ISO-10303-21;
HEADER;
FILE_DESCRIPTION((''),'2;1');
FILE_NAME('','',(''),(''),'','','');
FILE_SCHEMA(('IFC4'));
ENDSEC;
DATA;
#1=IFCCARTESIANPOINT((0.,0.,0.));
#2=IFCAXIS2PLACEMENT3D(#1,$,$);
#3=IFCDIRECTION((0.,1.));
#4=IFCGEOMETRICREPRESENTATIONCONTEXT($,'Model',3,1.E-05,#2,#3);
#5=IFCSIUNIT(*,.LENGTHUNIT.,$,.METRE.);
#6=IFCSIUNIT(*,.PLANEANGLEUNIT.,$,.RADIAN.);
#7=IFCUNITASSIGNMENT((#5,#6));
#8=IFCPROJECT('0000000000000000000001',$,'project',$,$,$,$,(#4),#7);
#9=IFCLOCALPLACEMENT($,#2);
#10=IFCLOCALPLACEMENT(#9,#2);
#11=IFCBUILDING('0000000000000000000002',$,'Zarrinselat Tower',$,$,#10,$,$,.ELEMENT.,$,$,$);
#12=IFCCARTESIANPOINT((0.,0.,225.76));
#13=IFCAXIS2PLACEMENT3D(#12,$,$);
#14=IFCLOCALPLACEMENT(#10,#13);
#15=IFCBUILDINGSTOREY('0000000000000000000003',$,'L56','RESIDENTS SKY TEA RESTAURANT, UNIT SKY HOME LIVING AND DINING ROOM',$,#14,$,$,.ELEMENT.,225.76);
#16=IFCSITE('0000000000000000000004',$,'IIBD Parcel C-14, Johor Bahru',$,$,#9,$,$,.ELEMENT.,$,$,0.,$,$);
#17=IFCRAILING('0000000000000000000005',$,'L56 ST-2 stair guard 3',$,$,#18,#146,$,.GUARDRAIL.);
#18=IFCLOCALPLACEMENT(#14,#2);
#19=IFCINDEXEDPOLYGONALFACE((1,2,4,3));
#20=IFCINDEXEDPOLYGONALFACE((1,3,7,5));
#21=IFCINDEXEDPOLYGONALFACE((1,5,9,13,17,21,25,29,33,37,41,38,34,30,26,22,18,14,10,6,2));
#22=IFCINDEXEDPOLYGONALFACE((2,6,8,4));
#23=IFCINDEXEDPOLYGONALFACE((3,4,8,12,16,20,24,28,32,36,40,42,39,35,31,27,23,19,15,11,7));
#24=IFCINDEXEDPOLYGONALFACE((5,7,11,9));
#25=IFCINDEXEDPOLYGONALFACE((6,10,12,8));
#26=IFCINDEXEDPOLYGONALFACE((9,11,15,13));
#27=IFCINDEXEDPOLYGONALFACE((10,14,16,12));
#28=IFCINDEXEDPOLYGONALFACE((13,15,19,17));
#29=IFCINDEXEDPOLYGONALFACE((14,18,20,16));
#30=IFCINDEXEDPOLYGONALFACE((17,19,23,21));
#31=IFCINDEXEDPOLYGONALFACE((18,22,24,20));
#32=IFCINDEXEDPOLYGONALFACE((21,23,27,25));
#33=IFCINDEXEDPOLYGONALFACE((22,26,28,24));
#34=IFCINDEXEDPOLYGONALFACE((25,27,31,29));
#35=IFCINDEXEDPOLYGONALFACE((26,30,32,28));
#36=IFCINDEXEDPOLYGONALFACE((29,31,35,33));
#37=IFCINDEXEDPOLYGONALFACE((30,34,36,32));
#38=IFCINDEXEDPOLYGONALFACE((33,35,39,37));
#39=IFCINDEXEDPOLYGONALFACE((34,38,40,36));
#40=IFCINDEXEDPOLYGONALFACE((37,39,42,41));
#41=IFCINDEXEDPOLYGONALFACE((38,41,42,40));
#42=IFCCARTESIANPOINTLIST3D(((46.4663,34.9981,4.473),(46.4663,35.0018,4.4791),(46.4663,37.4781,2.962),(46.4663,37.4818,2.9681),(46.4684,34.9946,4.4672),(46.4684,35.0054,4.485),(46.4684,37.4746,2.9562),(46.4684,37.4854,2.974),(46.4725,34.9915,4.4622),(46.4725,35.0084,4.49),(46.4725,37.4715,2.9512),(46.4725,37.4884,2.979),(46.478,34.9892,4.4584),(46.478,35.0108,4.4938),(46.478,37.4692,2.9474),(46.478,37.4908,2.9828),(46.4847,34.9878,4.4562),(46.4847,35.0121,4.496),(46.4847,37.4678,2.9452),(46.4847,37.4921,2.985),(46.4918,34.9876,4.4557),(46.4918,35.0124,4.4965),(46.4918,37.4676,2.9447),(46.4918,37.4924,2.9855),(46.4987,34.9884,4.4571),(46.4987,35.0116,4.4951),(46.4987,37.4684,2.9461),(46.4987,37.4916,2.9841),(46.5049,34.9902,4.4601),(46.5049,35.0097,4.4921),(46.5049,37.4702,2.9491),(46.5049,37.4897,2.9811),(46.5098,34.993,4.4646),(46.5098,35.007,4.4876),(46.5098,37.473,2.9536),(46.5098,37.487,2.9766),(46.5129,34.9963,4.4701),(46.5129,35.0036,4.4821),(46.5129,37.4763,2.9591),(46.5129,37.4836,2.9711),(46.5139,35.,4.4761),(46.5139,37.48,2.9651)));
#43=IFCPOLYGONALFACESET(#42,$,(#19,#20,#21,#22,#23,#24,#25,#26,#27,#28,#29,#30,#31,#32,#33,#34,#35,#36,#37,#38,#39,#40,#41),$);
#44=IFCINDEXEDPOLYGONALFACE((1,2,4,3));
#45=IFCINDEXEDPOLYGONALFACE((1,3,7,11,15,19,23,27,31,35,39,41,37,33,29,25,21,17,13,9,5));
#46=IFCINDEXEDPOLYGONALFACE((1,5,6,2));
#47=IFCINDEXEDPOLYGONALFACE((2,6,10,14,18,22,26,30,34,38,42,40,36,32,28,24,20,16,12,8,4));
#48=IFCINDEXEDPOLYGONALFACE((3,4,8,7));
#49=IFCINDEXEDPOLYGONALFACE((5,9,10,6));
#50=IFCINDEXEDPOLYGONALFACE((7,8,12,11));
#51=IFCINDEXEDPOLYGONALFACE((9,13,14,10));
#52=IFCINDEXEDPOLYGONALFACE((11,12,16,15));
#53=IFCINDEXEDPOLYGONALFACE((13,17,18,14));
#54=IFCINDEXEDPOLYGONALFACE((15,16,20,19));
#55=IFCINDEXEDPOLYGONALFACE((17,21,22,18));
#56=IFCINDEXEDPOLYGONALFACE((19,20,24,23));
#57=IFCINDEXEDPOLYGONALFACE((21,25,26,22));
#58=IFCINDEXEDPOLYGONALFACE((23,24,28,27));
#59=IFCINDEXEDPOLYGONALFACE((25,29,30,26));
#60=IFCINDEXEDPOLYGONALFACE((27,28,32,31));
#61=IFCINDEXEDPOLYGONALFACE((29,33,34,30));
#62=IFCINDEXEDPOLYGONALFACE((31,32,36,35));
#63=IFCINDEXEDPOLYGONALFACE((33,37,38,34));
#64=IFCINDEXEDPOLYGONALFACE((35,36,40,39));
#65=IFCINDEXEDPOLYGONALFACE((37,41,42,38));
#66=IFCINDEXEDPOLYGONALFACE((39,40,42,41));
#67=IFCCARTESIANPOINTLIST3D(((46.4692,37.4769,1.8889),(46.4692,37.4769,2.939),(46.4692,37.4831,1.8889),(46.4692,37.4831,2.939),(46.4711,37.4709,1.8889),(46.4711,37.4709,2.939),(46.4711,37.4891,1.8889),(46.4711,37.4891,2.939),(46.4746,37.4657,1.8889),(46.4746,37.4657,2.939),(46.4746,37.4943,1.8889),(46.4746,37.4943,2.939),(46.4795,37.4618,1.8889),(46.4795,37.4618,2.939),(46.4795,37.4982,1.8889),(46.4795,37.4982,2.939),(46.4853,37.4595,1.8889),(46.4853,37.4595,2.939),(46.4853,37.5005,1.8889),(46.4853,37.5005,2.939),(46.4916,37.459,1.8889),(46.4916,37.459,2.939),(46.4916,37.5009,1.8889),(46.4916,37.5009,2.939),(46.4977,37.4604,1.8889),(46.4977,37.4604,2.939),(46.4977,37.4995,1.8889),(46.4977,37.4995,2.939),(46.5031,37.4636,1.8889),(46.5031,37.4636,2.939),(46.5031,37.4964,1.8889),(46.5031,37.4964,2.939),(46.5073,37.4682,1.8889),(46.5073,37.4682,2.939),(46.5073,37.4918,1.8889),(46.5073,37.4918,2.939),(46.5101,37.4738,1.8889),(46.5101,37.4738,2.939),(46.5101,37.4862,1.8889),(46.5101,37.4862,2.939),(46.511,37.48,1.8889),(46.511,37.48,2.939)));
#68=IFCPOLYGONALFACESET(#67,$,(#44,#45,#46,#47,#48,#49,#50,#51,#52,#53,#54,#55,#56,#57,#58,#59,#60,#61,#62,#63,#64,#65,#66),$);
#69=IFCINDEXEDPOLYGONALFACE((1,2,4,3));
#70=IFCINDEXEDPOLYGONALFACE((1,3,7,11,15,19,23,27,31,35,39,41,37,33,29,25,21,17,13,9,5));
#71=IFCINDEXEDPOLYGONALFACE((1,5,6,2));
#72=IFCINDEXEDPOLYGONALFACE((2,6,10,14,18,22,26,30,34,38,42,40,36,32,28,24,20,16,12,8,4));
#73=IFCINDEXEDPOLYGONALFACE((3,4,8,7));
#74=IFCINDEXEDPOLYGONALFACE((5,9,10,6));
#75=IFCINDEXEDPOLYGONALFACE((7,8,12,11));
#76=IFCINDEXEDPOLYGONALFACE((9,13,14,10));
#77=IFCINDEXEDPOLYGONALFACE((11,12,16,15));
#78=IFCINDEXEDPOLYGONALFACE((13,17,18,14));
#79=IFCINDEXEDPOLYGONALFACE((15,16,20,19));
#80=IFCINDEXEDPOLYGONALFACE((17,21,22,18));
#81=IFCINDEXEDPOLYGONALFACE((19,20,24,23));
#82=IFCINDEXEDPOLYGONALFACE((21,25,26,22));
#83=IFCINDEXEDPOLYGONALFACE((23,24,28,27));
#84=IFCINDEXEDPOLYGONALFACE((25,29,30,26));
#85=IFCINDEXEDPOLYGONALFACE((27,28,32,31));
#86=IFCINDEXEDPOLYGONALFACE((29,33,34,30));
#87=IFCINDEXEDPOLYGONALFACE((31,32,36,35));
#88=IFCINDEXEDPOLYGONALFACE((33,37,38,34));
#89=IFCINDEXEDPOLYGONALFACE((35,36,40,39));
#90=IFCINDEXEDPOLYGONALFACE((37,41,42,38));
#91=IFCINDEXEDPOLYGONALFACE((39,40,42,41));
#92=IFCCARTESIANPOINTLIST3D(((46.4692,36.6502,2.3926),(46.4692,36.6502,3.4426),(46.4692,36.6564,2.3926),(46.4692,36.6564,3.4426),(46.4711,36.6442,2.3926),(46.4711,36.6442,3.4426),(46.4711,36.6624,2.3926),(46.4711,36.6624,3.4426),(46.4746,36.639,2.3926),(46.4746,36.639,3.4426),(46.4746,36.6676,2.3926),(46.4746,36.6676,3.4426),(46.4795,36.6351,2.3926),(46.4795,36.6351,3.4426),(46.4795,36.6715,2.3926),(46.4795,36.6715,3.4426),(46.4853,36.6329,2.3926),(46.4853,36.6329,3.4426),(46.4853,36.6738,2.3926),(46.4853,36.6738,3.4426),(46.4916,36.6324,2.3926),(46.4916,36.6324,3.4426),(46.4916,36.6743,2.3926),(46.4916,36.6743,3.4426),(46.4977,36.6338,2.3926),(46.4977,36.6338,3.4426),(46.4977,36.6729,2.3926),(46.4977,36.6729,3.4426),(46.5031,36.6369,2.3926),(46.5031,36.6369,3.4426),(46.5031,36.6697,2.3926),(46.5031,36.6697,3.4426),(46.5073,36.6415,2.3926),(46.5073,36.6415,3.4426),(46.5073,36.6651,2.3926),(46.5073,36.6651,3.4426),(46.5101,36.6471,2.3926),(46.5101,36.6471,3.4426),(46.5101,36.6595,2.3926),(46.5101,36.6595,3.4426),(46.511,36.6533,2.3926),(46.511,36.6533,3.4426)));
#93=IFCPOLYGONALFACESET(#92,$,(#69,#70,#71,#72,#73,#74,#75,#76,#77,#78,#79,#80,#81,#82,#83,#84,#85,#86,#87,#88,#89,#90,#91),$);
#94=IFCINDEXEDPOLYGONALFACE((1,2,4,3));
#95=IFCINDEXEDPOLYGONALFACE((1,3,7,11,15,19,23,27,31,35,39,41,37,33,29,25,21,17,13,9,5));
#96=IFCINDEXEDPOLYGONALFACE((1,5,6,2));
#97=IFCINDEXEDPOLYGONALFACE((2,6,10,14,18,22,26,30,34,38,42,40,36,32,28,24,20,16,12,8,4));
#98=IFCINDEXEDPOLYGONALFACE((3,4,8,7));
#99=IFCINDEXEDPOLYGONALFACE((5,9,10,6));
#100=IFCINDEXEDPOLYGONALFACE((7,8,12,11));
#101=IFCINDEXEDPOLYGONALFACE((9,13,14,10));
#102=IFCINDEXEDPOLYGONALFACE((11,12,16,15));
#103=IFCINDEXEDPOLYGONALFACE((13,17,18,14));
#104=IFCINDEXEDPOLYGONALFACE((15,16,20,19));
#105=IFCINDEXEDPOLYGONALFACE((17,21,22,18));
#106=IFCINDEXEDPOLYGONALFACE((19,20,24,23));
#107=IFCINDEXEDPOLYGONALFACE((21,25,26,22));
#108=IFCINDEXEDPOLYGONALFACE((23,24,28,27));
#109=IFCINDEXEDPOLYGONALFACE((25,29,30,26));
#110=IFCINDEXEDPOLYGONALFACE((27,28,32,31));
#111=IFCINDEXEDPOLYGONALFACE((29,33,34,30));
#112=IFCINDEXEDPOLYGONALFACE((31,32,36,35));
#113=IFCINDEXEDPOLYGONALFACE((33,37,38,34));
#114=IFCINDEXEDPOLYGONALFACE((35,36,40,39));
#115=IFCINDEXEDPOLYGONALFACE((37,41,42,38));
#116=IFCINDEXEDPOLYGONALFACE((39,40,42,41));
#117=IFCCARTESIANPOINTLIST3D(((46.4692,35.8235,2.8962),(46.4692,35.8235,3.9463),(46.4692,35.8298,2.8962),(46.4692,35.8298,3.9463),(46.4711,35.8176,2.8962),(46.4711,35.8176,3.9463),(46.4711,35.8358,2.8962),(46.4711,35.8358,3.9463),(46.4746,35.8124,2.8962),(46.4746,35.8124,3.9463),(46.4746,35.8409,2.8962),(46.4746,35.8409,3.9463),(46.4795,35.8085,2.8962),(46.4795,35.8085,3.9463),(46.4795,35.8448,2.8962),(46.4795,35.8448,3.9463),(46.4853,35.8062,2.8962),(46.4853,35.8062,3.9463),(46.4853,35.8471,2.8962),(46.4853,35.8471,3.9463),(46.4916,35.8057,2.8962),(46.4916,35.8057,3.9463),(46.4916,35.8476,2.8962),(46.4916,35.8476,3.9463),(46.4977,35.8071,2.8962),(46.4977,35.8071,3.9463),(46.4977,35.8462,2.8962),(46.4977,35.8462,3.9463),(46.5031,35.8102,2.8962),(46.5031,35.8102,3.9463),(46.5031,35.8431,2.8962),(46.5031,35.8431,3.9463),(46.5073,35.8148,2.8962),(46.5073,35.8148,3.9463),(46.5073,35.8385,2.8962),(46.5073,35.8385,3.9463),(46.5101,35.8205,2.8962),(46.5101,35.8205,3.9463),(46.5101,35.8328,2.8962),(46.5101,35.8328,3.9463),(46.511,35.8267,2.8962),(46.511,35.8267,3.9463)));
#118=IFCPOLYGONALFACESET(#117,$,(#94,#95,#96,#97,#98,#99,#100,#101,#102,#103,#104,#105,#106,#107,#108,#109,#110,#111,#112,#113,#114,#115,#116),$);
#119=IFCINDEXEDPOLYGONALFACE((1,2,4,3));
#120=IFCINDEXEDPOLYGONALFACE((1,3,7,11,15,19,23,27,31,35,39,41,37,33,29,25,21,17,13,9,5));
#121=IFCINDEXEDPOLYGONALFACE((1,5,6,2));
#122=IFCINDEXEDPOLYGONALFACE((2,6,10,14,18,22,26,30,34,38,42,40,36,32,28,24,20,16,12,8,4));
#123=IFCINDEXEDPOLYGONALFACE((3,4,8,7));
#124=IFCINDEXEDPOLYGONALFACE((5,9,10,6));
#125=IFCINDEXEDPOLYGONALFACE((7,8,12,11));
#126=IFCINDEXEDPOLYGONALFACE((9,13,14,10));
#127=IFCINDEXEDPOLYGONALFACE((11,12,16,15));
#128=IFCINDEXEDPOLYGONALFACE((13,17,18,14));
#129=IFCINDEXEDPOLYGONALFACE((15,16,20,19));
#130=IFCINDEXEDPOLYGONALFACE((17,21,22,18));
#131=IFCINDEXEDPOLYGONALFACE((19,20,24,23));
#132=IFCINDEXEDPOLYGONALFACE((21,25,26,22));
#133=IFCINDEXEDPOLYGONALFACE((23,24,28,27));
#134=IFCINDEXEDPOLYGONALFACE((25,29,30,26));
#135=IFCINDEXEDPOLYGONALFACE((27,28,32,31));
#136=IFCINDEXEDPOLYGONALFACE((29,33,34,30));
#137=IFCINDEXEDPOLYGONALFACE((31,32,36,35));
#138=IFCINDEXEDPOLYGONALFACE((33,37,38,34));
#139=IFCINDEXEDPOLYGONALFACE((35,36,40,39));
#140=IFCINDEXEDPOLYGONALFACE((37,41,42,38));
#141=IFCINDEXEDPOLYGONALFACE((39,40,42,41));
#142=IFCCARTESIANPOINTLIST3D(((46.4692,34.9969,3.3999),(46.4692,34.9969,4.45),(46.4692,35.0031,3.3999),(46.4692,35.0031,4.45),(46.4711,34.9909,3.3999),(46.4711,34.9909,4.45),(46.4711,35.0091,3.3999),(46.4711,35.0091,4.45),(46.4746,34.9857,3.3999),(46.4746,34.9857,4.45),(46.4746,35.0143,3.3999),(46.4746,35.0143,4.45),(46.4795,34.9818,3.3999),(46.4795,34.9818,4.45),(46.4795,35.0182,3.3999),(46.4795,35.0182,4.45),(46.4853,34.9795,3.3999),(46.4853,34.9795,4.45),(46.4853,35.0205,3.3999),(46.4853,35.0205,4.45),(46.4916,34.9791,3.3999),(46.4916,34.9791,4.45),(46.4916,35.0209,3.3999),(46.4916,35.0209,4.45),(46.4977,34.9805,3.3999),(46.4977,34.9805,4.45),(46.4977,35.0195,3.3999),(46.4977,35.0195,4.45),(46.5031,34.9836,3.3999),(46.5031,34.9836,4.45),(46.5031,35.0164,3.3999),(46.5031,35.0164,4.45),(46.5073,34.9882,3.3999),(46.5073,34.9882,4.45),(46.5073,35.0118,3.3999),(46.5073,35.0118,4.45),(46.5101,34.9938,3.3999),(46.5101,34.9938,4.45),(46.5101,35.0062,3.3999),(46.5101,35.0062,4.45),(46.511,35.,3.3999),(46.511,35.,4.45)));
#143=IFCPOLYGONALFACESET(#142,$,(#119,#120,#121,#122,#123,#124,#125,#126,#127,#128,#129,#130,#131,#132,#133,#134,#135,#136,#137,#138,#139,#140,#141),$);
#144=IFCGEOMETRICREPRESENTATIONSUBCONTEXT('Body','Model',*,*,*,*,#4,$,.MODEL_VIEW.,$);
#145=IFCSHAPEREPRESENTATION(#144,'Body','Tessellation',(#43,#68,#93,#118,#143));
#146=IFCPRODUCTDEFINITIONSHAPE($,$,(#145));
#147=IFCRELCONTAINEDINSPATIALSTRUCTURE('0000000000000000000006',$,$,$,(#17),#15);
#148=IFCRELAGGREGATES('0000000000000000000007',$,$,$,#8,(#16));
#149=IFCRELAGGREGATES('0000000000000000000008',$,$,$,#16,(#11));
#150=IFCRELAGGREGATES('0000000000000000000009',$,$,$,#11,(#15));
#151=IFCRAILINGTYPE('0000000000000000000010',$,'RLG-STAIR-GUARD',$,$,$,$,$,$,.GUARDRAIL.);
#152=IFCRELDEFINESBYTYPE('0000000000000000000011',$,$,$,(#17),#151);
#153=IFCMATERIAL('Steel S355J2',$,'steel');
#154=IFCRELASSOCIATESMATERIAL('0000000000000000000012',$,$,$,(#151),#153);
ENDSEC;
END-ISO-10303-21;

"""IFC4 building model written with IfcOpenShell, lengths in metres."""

from ifc_helpers import new_model, si_unit, direction, frame, origin, origin_2d, place, context, subcontext, project, spatial, circle, extrude, material, type_object, element, save


model = new_model("IFC4")

# Units and contexts
model_context = context("Model", 3, precision=1e-05, world=origin(), true_north=direction((0.0, 1.0)))
body_context = subcontext(model_context, "Body", "Model", "MODEL_VIEW")
ifc_project = project(units=[si_unit("LENGTHUNIT", "METRE"), si_unit("PLANEANGLEUNIT", "RADIAN")], contexts=[model_context])

# Site, building, storey
site_placement = place(None, origin())
site = spatial("IfcSite", under=ifc_project, at=site_placement, Name="IIBD Parcel C-14, Johor Bahru", CompositionType="ELEMENT", RefElevation=0.0)
building_placement = place(site_placement, origin())
building = spatial("IfcBuilding", under=site, at=building_placement, Name="Zarrinselat Tower", CompositionType="ELEMENT")
storey_placement = place(building_placement, frame((0.0, 0.0, 225.76)))
storey = spatial("IfcBuildingStorey", under=building, at=storey_placement, Name="L56", Description="RESIDENTS SKY TEA RESTAURANT, UNIT SKY HOME LIVING AND DINING ROOM", CompositionType="ELEMENT", Elevation=225.76)

# Railing
ifc_material_1 = material(Name="Steel S355J2", Category="steel")
railing_type_1 = type_object("IfcRailingType", Name="RLG-STAIR-GUARD", PredefinedType="GUARDRAIL", material=ifc_material_1)
railing_1_placement = place(storey_placement, frame((46.49, 37.48, 1.8889)))
element("IfcRailing", 1, at=railing_1_placement, inside=storey, type_object=railing_type_1, Name="L56 ST-2 stair guard 3", PredefinedType="GUARDRAIL", context=body_context, shape_type="SweptSolid", body=[
    extrude(circle(Radius=0.0239, at=origin_2d()), frame((0.0, 0.0, 1.0762), z_axis=(0.0, -0.853979, 0.520307), x_axis=(1.0, 0.0, 0.0)), (0.0, 0.0, 1.0), 2.9041),
    extrude(circle(Radius=0.021, at=origin_2d()), origin(), (0.0, 0.0, 1.0), 1.05),
    extrude(circle(Radius=0.021, at=origin_2d()), frame((0.0, -0.8267, 0.5037)), (0.0, 0.0, 1.0), 1.05),
    extrude(circle(Radius=0.021, at=origin_2d()), frame((0.0, -1.6533, 1.0073)), (0.0, 0.0, 1.0), 1.05),
    extrude(circle(Radius=0.021, at=origin_2d()), frame((0.0, -2.48, 1.511)), (0.0, 0.0, 1.0), 1.05),
])

save(model, "model.ifc")
